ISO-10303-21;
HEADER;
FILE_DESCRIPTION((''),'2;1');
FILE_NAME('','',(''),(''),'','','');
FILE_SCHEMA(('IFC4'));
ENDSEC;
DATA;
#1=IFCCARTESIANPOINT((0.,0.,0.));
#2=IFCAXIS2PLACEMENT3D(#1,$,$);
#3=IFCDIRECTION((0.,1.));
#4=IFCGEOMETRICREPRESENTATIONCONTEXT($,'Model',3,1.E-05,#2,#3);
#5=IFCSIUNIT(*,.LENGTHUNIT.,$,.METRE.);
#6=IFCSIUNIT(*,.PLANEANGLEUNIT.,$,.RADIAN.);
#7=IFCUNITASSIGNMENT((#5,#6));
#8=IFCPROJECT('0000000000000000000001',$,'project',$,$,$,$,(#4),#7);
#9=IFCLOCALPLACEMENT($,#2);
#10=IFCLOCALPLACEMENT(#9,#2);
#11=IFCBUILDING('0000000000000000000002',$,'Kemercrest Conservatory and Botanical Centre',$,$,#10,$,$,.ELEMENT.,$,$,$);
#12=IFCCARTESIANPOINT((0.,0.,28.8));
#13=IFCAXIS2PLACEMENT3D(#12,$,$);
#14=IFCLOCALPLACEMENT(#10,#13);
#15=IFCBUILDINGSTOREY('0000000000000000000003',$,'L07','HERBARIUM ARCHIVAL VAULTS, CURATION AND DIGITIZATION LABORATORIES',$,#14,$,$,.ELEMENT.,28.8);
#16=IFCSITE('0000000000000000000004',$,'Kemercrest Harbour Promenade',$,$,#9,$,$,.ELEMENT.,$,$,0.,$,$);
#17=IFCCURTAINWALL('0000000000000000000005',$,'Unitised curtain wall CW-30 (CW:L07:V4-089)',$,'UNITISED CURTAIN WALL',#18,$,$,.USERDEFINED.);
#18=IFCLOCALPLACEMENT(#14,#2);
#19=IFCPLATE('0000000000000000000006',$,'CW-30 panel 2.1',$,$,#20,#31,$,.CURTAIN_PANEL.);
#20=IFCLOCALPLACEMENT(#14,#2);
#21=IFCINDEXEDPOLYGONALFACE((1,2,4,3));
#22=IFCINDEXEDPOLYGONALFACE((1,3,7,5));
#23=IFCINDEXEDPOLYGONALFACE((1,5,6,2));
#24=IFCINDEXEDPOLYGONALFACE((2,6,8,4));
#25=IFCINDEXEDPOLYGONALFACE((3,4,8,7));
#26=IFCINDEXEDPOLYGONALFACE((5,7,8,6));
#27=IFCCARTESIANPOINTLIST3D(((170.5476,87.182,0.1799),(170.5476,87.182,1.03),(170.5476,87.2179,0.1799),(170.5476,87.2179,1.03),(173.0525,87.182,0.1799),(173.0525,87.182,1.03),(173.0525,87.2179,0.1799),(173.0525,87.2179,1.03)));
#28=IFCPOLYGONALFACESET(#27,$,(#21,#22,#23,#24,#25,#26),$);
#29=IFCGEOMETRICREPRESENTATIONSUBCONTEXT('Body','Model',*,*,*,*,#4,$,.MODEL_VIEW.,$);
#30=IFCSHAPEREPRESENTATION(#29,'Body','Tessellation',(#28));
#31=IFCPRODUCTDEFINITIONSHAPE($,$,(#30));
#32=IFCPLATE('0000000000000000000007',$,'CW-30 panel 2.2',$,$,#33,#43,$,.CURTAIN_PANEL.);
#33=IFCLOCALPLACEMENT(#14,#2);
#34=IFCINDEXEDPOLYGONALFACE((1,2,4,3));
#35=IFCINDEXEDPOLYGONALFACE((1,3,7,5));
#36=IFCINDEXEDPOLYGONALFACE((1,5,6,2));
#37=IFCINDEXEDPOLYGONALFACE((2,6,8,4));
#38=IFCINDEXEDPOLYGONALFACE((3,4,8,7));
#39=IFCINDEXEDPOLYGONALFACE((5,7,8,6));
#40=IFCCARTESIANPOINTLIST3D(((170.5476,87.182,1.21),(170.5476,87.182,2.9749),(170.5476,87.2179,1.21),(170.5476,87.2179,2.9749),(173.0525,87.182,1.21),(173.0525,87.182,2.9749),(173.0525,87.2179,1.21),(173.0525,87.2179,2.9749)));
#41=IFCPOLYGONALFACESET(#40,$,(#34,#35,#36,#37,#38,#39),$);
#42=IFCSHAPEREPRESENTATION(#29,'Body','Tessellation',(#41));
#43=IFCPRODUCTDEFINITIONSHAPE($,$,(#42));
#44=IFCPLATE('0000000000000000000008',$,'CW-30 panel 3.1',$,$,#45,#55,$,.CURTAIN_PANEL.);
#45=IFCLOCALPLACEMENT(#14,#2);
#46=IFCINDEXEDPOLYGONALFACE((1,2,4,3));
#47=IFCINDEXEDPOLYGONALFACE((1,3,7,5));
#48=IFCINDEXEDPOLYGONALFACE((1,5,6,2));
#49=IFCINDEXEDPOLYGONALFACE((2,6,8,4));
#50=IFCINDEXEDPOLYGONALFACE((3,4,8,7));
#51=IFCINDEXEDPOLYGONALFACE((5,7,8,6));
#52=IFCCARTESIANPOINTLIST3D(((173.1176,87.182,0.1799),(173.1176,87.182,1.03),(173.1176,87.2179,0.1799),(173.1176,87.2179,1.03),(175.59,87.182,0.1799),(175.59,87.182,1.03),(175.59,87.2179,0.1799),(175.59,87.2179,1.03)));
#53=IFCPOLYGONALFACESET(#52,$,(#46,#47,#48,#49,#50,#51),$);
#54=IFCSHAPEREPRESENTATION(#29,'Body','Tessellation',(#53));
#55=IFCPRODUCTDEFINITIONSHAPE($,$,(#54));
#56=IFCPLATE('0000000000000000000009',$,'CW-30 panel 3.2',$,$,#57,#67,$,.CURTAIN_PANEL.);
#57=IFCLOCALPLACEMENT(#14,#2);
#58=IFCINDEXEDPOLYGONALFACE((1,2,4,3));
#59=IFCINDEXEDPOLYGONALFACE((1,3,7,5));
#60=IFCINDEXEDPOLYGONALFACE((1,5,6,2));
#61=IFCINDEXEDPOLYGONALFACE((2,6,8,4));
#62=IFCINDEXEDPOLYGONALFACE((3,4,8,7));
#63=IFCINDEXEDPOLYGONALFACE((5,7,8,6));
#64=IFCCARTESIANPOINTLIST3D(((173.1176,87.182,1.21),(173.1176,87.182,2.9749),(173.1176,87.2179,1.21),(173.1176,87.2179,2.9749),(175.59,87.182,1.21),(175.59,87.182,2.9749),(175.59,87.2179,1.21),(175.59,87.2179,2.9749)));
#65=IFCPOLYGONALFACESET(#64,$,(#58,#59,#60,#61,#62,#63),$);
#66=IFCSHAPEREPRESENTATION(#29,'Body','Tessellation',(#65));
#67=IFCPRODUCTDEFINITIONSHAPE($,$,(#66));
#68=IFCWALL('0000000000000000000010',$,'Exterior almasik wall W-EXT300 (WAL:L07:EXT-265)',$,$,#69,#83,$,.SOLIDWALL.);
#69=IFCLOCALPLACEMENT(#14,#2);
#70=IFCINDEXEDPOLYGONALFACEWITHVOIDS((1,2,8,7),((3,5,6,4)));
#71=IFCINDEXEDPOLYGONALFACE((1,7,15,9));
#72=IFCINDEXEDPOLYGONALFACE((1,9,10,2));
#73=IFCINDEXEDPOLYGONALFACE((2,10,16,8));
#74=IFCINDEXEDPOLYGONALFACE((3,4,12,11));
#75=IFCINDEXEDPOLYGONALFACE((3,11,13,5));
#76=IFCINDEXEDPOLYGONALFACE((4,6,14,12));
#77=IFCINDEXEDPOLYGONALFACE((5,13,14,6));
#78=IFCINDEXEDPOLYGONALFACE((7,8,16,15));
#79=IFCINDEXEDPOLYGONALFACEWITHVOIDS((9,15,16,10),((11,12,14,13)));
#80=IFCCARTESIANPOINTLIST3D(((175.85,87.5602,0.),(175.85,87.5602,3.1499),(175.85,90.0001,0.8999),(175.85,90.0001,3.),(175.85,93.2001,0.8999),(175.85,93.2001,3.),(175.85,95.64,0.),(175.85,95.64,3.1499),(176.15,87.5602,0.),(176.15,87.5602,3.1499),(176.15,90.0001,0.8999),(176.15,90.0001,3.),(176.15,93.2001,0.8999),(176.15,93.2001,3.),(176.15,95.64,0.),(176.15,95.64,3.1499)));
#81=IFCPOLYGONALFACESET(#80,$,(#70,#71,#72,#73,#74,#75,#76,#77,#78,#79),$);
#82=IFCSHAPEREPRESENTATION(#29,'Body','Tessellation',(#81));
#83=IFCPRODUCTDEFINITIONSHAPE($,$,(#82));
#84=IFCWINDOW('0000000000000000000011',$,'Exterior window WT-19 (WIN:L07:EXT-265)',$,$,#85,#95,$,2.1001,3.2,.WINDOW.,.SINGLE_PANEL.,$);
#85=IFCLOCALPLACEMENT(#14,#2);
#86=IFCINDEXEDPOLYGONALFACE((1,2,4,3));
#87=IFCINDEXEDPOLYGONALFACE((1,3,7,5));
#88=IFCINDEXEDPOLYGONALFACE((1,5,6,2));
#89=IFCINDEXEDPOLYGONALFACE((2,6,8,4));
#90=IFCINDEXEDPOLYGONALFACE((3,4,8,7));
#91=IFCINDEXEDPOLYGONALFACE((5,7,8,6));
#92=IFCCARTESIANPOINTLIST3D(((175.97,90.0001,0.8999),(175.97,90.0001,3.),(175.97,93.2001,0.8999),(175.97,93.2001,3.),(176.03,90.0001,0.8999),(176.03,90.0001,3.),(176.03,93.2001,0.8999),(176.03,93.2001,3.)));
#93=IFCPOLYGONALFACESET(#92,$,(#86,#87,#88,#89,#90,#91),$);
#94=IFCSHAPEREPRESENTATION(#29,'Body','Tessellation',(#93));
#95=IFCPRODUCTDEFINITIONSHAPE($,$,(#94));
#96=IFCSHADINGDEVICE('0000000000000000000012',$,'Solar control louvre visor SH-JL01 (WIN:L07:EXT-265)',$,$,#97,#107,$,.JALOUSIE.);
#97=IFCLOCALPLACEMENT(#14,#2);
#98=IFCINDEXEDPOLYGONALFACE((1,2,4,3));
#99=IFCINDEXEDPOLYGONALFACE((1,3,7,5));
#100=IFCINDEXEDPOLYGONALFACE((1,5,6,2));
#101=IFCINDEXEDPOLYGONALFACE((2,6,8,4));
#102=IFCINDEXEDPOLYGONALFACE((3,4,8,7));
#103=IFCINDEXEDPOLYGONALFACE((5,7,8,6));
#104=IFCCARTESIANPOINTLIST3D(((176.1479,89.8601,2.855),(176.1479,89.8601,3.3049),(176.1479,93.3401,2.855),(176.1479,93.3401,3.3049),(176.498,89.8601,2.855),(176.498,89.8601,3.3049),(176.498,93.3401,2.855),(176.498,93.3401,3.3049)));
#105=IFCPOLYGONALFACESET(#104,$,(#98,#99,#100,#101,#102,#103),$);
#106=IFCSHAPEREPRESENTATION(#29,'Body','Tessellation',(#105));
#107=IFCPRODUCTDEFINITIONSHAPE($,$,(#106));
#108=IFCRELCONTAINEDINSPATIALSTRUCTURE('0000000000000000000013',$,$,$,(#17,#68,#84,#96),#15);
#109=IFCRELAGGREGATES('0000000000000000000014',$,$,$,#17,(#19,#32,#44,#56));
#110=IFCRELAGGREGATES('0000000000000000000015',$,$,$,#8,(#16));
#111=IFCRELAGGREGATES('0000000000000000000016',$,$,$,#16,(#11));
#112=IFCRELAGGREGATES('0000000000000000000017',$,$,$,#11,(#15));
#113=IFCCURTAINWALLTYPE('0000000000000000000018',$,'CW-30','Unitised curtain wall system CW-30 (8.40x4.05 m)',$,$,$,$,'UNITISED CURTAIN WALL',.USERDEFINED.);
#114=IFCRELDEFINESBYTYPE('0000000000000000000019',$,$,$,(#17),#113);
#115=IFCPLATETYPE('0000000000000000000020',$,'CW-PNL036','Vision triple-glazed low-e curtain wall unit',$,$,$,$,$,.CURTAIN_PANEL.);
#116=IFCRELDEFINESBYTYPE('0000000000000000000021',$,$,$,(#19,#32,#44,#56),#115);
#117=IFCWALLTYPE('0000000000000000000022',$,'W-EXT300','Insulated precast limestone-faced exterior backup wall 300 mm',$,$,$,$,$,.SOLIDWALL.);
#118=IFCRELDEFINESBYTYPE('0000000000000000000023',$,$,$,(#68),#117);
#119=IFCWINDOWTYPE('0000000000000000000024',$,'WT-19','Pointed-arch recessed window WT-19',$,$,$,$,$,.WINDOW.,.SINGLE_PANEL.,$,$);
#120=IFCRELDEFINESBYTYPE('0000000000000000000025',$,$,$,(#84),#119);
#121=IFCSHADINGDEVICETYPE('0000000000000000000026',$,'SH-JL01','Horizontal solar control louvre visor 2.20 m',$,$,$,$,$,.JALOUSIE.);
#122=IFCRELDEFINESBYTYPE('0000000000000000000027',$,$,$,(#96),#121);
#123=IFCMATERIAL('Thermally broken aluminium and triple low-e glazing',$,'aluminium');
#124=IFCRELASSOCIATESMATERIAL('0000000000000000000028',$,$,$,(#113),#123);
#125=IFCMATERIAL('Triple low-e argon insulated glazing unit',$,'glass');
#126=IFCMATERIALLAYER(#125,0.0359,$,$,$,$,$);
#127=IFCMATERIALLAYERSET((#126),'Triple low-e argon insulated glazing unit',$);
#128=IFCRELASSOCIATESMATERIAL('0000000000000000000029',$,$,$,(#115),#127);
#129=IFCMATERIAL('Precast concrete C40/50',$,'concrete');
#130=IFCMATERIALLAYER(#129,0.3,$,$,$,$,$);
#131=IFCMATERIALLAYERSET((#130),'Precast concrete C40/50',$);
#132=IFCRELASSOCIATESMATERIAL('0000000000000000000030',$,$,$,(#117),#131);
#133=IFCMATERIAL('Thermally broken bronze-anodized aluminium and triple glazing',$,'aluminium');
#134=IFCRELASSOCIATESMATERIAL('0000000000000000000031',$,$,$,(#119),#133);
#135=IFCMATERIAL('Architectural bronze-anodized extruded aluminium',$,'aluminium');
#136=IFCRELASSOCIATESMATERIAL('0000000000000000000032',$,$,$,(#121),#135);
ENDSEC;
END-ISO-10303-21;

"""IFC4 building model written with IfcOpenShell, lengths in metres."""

from ifc_helpers import new_model, si_unit, direction, frame, frame_2d, origin, origin_2d, place, context, subcontext, project, spatial, rectangle, extrude, material, layer, layer_set, type_object, element, fill, aggregate, save


model = new_model("IFC4")

# Units and contexts
model_context = context("Model", 3, precision=1e-05, world=origin(), true_north=direction((0.0, 1.0)))
body_context = subcontext(model_context, "Body", "Model", "MODEL_VIEW")
ifc_project = project(units=[si_unit("LENGTHUNIT", "METRE"), si_unit("PLANEANGLEUNIT", "RADIAN")], contexts=[model_context])

# Site, building, storey
site_placement = place(None, origin())
site = spatial("IfcSite", under=ifc_project, at=site_placement, Name="Kemercrest Harbour Promenade", CompositionType="ELEMENT", RefElevation=0.0)
building_placement = place(site_placement, origin())
building = spatial("IfcBuilding", under=site, at=building_placement, Name="Kemercrest Conservatory and Botanical Centre", CompositionType="ELEMENT")
storey_placement = place(building_placement, frame((0.0, 0.0, 28.8)))
storey = spatial("IfcBuildingStorey", under=building, at=storey_placement, Name="L07", Description="HERBARIUM ARCHIVAL VAULTS, CURATION AND DIGITIZATION LABORATORIES", CompositionType="ELEMENT", Elevation=28.8)

# Curtain wall
ifc_material_1 = material(Name="Thermally broken aluminium and triple low-e glazing", Category="aluminium")
curtain_wall_type_1 = type_object("IfcCurtainWallType", Name="CW-30", Description="Unitised curtain wall system CW-30 (8.40x4.05 m)", ElementType="UNITISED CURTAIN WALL", PredefinedType="USERDEFINED", material=ifc_material_1)
curtain_wall_1_placement = place(storey_placement, origin())
curtain_wall_1 = element("IfcCurtainWall", 1, at=curtain_wall_1_placement, inside=storey, type_object=curtain_wall_type_1, Name="Unitised curtain wall CW-30 (CW:L07:V4-089)", ObjectType="UNITISED CURTAIN WALL", PredefinedType="USERDEFINED")

# Plates
ifc_material_2 = material(Name="Triple low-e argon insulated glazing unit", Category="glass")
ifc_layer_1 = layer(ifc_material_2, 0.0359)
ifc_layer_set_1 = layer_set([ifc_layer_1], Name="Triple low-e argon insulated glazing unit")
plate_type = type_object("IfcPlateType", Name="CW-PNL036", Description="Vision triple-glazed low-e curtain wall unit", PredefinedType="CURTAIN_PANEL", material=ifc_layer_set_1)
plate_1_placement = place(storey_placement, frame((171.8, 87.2, 0.1799), z_axis=(0.0, 0.0, 1.0), x_axis=(1.0, 0.0, 0.0)))
plate_1 = element("IfcPlate", 2, at=plate_1_placement, type_object=plate_type, Name="CW-30 panel 2.1", PredefinedType="CURTAIN_PANEL", context=body_context, shape_type="SweptSolid", body=[
    extrude(rectangle(XDim=2.5049, YDim=0.0359, at=origin_2d()), origin(), (0.0, 0.0, 1.0), 0.8501),
])
plate_2_placement = place(storey_placement, frame((171.8, 87.2, 1.21), z_axis=(0.0, 0.0, 1.0), x_axis=(1.0, 0.0, 0.0)))
plate_2 = element("IfcPlate", 3, at=plate_2_placement, type_object=plate_type, Name="CW-30 panel 2.2", PredefinedType="CURTAIN_PANEL", context=body_context, shape_type="SweptSolid", body=[
    extrude(rectangle(XDim=2.5049, YDim=0.0359, at=origin_2d()), origin(), (0.0, 0.0, 1.0), 1.7649),
])
plate_3_placement = place(storey_placement, frame((174.3538, 87.2, 0.1799), z_axis=(0.0, 0.0, 1.0), x_axis=(1.0, 0.0, 0.0)))
plate_3 = element("IfcPlate", 4, at=plate_3_placement, type_object=plate_type, Name="CW-30 panel 3.1", PredefinedType="CURTAIN_PANEL", context=body_context, shape_type="SweptSolid", body=[
    extrude(rectangle(XDim=2.4724, YDim=0.0359, at=origin_2d()), origin(), (0.0, 0.0, 1.0), 0.8501),
])
plate_4_placement = place(storey_placement, frame((174.3538, 87.2, 1.21), z_axis=(0.0, 0.0, 1.0), x_axis=(1.0, 0.0, 0.0)))
plate_4 = element("IfcPlate", 5, at=plate_4_placement, type_object=plate_type, Name="CW-30 panel 3.2", PredefinedType="CURTAIN_PANEL", context=body_context, shape_type="SweptSolid", body=[
    extrude(rectangle(XDim=2.4724, YDim=0.0359, at=origin_2d()), origin(), (0.0, 0.0, 1.0), 1.7649),
])
aggregate(curtain_wall_1, [plate_1, plate_2, plate_3, plate_4])

# Wall, opening, window
ifc_material_3 = material(Name="Precast concrete C40/50", Category="concrete")
ifc_layer_2 = layer(ifc_material_3, 0.3)
ifc_layer_set_2 = layer_set([ifc_layer_2], Name="Precast concrete C40/50")
wall_type = type_object("IfcWallType", Name="W-EXT300", Description="Insulated precast limestone-faced exterior backup wall 300 mm", PredefinedType="SOLIDWALL", material=ifc_layer_set_2)
wall_placement = place(storey_placement, frame((176.0, 87.5601, 0.0), z_axis=(0.0, 0.0, 1.0), x_axis=(0.0, 1.0, 0.0)))
wall = element("IfcWall", 6, at=wall_placement, inside=storey, type_object=wall_type, Name="Exterior almasik wall W-EXT300 (WAL:L07:EXT-265)", PredefinedType="SOLIDWALL", context=body_context, shape_type="SweptSolid", body=[
    extrude(rectangle(XDim=8.0798, YDim=0.3, at=frame_2d((4.04, 0.0))), origin(), (0.0, 0.0, 1.0), 3.1499),
])
opening_placement = place(wall_placement, frame((2.4399, 0.0, 0.8999)))
opening = element("IfcOpeningElement", 7, at=opening_placement, cuts=wall, PredefinedType="OPENING", context=body_context, shape_type="SweptSolid", body=[
    extrude(rectangle(XDim=3.2, YDim=2.1001, at=frame_2d((1.6001, 1.05))), frame((0.0, 0.1602, 0.0), z_axis=(0.0, -1.0, 0.0), x_axis=(1.0, 0.0, 0.0)), (0.0, 0.0, 1.0), 0.3201),
])
ifc_material_4 = material(Name="Thermally broken bronze-anodized aluminium and triple glazing", Category="aluminium")
window_type = type_object("IfcWindowType", Name="WT-19", Description="Pointed-arch recessed window WT-19", PartitioningType="SINGLE_PANEL", PredefinedType="WINDOW", material=ifc_material_4)
window_placement = place(opening_placement, origin())
window = element("IfcWindow", 8, at=window_placement, inside=storey, type_object=window_type, Name="Exterior window WT-19 (WIN:L07:EXT-265)", OverallHeight=2.1001, OverallWidth=3.2, PartitioningType="SINGLE_PANEL", PredefinedType="WINDOW", context=body_context, shape_type="SweptSolid", body=[
    extrude(rectangle(XDim=3.2, YDim=2.1001, at=frame_2d((1.6001, 1.05))), frame((0.0, 0.03, 0.0), z_axis=(0.0, -1.0, 0.0), x_axis=(1.0, 0.0, 0.0)), (0.0, 0.0, 1.0), 0.0601),
])
fill(opening, window)

# Shading device
ifc_material_5 = material(Name="Architectural bronze-anodized extruded aluminium", Category="aluminium")
shading_device_type = type_object("IfcShadingDeviceType", Name="SH-JL01", Description="Horizontal solar control louvre visor 2.20 m", PredefinedType="JALOUSIE", material=ifc_material_5)
shading_device_placement = place(storey_placement, frame((176.323, 91.6001, 2.855), z_axis=(0.0, 0.0, 1.0), x_axis=(0.0, 1.0, 0.0)))
element("IfcShadingDevice", 9, at=shading_device_placement, inside=storey, type_object=shading_device_type, Name="Solar control louvre visor SH-JL01 (WIN:L07:EXT-265)", PredefinedType="JALOUSIE", context=body_context, shape_type="SweptSolid", body=[
    extrude(rectangle(XDim=3.48, YDim=0.3501, at=origin_2d()), origin(), (0.0, 0.0, 1.0), 0.45),
])

save(model, "model.ifc")
